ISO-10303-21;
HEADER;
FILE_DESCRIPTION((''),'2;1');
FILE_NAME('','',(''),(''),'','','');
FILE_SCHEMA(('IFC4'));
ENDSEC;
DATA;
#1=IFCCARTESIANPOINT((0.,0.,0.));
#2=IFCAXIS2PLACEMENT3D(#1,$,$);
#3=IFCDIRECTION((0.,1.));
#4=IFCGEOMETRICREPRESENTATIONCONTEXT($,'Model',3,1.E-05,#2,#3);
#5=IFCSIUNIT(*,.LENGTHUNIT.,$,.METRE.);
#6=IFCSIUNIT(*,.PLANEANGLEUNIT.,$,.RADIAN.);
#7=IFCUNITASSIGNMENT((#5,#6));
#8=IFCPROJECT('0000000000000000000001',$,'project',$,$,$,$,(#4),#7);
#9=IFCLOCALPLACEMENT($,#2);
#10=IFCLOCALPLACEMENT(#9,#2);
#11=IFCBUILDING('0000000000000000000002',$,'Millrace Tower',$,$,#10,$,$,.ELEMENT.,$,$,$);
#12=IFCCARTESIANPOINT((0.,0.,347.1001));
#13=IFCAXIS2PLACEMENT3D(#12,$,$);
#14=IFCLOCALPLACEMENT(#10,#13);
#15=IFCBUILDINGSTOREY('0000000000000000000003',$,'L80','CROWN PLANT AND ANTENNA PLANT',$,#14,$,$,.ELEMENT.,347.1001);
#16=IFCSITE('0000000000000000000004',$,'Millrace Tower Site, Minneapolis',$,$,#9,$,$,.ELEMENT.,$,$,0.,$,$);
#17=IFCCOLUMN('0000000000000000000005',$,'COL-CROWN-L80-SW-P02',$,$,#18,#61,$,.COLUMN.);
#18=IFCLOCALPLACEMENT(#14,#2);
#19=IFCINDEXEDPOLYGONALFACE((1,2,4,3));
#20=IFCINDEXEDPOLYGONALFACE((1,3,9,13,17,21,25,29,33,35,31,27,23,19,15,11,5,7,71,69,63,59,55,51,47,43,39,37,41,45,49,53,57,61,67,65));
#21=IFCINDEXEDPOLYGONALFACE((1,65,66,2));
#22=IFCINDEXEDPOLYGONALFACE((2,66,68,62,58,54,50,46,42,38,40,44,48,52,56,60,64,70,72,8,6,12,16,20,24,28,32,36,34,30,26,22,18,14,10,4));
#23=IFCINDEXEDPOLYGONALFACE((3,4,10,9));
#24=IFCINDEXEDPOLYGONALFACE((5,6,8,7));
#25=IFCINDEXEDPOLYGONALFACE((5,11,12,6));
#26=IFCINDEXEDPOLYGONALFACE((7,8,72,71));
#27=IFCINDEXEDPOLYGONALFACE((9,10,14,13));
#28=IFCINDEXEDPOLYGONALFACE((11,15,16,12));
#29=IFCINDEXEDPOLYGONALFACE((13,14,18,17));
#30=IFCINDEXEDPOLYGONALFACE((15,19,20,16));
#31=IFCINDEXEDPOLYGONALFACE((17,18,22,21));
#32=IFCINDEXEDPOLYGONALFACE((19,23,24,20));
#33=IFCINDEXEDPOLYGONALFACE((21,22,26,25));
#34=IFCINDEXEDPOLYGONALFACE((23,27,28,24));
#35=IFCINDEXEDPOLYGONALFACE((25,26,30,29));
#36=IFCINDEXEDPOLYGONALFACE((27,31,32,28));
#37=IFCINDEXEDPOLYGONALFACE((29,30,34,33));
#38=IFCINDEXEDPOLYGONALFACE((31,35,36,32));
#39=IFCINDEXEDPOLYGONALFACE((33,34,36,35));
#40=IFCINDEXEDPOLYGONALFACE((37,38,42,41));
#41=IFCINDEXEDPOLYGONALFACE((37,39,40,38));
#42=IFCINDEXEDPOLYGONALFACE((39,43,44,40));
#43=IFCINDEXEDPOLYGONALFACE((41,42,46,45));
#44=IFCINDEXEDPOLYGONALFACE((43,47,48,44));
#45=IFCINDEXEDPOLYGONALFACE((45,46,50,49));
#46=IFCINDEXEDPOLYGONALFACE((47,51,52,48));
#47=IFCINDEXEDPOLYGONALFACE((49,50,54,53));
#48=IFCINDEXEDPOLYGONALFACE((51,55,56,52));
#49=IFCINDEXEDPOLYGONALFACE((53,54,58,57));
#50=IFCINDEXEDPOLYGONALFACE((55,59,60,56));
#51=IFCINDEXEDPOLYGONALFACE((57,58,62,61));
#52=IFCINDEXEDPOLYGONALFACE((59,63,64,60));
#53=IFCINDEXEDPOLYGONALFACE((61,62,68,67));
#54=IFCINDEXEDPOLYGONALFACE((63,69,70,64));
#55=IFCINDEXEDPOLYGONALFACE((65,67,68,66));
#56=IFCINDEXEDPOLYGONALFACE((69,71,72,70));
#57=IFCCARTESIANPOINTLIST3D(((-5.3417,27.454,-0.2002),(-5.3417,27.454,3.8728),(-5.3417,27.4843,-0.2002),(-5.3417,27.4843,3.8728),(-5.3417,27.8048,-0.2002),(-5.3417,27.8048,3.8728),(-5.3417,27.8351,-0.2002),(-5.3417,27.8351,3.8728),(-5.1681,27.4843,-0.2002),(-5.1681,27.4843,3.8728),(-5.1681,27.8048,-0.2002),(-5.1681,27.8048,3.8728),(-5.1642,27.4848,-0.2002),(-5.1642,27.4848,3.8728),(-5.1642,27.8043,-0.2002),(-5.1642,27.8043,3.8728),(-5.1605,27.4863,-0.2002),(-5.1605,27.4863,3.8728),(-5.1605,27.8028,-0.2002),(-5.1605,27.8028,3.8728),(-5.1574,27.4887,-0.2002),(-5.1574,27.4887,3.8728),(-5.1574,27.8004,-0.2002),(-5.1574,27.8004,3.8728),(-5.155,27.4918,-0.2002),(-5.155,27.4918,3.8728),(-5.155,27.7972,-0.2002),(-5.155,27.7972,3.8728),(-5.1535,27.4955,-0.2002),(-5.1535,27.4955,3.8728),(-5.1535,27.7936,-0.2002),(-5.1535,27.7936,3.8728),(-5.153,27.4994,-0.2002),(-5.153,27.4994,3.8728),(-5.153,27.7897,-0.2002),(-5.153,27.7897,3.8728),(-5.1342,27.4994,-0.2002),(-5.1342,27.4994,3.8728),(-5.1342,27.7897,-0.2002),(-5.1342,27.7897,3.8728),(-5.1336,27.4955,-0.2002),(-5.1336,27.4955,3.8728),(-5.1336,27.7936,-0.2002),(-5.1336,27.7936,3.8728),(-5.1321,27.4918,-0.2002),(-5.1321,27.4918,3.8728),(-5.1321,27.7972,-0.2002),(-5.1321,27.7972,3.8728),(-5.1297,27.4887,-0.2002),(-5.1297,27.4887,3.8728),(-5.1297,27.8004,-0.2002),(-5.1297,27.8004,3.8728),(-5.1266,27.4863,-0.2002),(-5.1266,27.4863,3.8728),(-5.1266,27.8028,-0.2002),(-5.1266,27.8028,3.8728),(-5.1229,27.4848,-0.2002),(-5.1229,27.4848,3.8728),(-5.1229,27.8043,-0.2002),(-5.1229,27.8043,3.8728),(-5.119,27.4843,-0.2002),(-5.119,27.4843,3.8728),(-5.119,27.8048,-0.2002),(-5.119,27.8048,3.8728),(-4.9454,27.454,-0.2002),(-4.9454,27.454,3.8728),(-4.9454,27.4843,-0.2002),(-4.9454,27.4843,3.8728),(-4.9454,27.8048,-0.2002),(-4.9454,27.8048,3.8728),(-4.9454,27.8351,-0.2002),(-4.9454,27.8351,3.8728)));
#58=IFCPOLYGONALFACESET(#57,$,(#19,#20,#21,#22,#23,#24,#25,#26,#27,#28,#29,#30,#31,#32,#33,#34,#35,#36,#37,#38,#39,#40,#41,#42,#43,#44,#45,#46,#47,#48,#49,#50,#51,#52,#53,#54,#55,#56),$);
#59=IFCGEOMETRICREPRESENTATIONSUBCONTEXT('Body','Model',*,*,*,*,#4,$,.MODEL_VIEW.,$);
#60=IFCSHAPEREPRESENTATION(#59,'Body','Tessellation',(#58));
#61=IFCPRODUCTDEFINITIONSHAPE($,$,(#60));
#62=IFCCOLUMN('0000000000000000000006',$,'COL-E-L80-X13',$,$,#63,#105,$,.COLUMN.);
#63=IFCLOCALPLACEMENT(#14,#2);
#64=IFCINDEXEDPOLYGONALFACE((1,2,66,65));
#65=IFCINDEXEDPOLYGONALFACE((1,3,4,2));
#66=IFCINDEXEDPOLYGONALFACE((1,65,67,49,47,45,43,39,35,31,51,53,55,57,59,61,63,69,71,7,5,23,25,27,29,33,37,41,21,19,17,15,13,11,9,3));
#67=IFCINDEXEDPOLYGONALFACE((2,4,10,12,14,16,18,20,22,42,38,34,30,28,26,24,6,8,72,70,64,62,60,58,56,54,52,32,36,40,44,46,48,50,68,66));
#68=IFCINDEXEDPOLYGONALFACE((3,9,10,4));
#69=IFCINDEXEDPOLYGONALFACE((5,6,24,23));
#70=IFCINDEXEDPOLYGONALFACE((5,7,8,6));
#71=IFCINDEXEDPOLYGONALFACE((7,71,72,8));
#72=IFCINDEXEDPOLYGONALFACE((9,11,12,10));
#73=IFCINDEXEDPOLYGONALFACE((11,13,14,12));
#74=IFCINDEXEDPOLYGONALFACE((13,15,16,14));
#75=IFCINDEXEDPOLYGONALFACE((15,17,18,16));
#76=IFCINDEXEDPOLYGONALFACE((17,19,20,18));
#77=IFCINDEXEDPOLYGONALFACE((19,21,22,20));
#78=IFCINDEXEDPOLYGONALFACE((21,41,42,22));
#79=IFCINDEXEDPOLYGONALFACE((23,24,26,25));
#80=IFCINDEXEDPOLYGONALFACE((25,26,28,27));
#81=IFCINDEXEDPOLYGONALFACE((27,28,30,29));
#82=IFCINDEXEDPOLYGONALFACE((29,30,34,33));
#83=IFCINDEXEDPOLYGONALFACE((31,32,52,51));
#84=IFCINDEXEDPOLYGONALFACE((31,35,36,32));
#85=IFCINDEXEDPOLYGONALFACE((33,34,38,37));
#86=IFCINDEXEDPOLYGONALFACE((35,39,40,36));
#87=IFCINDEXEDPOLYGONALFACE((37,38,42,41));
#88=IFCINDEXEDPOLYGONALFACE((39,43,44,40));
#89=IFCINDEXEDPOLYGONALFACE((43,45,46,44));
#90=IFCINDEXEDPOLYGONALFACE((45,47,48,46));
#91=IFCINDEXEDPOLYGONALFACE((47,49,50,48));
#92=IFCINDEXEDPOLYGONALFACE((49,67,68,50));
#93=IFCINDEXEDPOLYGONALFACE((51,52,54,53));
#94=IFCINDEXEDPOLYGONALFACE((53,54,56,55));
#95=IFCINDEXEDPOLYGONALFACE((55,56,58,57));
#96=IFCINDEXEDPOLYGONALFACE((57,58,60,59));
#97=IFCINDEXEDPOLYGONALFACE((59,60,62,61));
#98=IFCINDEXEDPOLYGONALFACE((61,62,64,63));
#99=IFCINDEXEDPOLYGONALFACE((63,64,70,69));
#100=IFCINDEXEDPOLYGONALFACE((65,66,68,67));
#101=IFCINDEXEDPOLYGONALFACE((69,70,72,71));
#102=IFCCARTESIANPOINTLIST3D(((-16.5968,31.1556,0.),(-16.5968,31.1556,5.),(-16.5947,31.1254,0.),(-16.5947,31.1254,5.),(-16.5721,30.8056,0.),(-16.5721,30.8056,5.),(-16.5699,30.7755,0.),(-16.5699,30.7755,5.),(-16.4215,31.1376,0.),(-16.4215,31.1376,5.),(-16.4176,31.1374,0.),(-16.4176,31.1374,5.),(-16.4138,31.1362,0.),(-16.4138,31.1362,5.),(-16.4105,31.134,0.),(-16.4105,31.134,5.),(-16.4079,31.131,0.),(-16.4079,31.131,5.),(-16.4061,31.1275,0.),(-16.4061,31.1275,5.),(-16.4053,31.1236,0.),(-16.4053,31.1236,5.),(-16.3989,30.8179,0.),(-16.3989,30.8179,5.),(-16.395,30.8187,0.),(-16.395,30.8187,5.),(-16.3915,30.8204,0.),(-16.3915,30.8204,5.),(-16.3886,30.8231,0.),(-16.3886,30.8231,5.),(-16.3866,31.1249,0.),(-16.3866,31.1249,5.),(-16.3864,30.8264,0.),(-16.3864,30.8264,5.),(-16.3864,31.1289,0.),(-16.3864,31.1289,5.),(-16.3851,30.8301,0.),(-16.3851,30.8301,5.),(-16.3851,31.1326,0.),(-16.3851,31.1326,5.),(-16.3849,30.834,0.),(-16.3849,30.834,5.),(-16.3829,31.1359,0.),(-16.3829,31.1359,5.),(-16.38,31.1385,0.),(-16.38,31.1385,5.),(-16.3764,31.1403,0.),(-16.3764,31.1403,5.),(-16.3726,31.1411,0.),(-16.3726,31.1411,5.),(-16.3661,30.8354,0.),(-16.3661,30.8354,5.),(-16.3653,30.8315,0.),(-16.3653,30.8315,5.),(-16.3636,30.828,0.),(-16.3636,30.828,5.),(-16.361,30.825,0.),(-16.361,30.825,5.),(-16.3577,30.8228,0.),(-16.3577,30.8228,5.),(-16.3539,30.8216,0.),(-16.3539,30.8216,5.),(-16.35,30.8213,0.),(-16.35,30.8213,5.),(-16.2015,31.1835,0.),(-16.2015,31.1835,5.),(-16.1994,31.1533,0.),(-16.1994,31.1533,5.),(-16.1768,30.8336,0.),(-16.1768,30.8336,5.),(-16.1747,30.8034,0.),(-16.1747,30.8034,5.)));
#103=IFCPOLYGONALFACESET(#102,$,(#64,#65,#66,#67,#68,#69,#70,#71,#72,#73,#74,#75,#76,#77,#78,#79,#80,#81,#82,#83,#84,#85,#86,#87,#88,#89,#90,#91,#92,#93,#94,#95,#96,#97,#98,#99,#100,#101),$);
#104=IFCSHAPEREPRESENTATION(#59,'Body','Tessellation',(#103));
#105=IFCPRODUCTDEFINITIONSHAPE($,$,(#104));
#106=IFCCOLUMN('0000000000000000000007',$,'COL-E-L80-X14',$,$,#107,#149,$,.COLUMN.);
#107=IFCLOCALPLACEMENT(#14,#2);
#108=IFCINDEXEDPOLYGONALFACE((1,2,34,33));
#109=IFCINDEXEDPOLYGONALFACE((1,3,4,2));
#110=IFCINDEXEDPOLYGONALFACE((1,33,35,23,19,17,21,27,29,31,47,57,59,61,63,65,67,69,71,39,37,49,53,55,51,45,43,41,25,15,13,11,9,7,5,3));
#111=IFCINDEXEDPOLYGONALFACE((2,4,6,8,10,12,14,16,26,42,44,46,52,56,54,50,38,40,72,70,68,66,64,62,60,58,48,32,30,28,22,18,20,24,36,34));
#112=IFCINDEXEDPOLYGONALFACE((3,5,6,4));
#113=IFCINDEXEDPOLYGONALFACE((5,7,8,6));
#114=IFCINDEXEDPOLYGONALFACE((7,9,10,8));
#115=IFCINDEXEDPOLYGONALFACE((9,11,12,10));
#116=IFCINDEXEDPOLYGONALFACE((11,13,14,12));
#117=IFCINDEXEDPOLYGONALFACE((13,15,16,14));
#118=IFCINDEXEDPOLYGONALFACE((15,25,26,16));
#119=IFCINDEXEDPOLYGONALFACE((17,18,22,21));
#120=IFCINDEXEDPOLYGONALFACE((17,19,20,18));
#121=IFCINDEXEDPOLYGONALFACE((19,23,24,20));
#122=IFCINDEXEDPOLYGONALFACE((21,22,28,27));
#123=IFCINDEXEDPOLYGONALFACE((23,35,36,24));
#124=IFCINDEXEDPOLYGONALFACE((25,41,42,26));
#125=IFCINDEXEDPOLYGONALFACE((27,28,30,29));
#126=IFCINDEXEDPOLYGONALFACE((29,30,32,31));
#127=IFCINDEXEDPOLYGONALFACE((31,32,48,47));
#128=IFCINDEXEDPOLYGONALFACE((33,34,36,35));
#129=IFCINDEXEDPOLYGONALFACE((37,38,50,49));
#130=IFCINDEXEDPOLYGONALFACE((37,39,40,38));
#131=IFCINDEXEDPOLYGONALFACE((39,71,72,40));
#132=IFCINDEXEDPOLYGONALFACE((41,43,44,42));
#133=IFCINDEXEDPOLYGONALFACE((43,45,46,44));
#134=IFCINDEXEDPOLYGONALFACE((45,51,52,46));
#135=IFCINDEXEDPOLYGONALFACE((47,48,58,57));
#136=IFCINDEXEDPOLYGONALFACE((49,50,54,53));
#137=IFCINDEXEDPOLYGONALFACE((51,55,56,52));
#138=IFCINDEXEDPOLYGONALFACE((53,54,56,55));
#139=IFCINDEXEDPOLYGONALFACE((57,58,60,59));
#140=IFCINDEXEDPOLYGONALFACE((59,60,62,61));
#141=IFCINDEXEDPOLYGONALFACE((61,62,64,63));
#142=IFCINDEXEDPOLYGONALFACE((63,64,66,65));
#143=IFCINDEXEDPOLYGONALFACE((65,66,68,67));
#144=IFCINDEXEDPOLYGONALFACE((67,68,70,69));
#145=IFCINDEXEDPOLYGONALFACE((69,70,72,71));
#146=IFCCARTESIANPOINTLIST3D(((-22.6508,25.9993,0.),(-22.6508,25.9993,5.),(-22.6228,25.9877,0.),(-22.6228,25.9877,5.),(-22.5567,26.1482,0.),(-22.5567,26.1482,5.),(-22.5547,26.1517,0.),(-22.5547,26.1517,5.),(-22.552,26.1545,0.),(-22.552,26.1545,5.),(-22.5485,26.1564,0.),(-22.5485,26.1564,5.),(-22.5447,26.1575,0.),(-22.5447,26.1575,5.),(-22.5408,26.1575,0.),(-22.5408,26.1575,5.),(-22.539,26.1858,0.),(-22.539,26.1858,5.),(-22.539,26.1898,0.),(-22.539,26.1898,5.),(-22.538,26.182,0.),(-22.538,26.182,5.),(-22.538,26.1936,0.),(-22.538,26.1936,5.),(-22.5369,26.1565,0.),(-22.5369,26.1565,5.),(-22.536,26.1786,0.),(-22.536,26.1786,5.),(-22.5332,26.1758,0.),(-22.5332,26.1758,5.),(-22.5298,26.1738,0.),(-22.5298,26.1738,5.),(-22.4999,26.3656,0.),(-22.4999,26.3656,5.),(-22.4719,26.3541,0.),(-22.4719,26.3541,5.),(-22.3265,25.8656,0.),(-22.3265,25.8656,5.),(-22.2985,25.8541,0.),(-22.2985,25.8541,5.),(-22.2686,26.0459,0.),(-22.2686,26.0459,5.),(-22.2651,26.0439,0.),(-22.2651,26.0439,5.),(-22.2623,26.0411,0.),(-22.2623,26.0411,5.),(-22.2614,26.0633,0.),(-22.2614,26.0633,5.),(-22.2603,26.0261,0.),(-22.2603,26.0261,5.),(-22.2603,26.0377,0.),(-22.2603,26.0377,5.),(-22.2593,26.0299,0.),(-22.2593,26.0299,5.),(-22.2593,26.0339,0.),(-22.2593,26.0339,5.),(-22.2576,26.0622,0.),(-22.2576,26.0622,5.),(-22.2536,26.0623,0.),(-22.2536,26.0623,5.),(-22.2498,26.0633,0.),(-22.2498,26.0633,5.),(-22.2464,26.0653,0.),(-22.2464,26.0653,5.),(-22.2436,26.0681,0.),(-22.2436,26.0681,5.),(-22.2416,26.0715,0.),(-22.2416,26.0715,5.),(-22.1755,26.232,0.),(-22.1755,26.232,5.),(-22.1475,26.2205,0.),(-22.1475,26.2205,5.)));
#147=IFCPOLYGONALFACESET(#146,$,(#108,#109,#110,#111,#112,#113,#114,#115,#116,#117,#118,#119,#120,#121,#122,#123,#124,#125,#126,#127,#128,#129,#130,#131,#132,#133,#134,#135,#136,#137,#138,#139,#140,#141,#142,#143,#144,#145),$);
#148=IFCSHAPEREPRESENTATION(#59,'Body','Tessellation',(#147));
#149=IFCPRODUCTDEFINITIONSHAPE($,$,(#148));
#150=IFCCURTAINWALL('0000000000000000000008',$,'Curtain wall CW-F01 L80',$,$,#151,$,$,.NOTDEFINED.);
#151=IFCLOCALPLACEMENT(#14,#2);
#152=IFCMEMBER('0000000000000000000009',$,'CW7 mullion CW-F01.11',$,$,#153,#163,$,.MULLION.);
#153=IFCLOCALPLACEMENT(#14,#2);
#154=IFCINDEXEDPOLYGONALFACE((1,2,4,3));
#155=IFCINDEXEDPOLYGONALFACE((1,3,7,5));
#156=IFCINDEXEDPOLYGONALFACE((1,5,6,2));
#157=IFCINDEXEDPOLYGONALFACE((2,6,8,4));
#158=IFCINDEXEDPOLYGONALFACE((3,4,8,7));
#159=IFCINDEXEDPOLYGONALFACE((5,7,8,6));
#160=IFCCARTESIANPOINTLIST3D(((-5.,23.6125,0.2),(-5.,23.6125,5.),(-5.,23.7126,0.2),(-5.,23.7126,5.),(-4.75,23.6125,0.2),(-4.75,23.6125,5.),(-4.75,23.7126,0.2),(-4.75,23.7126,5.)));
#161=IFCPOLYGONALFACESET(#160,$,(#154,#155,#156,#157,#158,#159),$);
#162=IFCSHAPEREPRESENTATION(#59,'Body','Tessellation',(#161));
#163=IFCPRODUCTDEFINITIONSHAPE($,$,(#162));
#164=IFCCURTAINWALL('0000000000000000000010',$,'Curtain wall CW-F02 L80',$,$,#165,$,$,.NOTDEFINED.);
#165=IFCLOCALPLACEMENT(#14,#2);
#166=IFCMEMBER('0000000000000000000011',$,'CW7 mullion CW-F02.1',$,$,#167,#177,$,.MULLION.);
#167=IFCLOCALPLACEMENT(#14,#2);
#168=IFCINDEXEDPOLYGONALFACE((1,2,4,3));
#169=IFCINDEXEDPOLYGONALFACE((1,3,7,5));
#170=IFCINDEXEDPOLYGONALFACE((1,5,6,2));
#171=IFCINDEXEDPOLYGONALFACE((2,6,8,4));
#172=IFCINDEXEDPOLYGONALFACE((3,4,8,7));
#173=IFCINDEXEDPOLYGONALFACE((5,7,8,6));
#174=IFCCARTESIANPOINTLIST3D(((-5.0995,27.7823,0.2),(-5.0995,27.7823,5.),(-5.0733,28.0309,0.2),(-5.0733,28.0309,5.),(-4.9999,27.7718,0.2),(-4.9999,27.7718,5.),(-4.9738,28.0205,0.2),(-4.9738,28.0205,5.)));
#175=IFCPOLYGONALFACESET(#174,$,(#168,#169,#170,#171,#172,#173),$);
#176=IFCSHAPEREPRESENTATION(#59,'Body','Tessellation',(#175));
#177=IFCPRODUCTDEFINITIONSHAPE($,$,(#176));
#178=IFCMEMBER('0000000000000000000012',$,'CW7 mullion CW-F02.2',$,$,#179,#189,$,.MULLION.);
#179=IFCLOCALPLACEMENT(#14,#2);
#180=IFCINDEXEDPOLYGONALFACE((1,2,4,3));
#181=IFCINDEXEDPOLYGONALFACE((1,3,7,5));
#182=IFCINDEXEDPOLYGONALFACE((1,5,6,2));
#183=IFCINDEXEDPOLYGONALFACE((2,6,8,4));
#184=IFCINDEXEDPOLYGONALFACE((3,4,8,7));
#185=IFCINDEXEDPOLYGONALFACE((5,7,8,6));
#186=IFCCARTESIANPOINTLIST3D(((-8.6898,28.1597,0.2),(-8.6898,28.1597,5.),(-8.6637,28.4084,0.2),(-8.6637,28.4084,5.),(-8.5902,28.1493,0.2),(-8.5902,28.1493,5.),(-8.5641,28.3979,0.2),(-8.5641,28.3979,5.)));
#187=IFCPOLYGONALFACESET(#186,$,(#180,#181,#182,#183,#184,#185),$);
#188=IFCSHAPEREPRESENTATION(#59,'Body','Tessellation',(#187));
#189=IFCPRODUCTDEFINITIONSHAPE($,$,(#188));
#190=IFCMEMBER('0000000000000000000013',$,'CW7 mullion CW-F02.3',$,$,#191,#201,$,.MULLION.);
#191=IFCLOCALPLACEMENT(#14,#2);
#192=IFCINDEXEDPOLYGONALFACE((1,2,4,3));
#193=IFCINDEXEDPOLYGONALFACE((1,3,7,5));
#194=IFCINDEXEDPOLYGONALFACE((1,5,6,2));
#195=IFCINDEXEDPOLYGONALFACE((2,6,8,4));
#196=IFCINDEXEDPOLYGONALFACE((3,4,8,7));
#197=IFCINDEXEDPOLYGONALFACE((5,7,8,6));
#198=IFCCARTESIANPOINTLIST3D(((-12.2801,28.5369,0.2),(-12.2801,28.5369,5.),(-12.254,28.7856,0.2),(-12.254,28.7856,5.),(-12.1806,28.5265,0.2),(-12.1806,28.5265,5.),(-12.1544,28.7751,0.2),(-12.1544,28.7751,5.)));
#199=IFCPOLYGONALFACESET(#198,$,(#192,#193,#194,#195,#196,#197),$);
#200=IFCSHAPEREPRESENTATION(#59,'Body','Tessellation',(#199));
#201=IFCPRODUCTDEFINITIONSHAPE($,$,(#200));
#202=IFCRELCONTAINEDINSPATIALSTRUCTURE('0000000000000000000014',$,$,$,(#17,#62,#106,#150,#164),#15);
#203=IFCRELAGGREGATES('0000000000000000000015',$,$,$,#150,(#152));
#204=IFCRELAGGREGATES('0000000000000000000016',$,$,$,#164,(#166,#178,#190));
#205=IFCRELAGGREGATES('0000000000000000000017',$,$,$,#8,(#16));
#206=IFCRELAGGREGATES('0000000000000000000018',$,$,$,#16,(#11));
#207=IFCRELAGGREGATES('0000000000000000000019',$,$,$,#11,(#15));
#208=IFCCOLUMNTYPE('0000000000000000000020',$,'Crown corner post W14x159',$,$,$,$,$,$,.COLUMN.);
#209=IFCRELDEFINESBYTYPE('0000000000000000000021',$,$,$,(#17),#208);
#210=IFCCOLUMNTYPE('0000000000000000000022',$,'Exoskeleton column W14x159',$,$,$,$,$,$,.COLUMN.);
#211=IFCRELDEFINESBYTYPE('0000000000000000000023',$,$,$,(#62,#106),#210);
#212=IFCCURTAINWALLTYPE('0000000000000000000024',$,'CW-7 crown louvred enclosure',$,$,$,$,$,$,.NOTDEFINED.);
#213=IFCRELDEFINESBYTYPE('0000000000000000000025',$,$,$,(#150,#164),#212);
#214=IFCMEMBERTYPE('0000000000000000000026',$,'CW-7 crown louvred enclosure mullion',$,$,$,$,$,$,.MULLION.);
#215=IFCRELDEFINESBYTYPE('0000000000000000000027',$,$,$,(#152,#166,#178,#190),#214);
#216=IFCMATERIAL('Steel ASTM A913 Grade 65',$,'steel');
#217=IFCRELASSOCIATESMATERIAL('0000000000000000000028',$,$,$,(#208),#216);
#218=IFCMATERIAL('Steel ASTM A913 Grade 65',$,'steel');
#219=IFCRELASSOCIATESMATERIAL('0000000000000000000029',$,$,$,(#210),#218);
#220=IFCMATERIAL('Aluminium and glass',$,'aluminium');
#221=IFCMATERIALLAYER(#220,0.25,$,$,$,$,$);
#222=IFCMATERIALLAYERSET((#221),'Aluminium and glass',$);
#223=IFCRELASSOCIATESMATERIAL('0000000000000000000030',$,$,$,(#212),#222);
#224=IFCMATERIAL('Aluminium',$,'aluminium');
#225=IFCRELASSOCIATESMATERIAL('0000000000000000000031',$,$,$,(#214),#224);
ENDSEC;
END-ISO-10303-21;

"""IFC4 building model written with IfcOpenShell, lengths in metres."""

from ifc_helpers import new_model, si_unit, direction, frame, origin, origin_2d, place, context, subcontext, project, spatial, rectangle, i_section, extrude, material, layer, layer_set, material_profile, profile_set, type_object, element, aggregate, save


model = new_model("IFC4")

# Units and contexts
model_context = context("Model", 3, precision=1e-05, world=origin(), true_north=direction((0.0, 1.0)))
body_context = subcontext(model_context, "Body", "Model", "MODEL_VIEW")
ifc_project = project(units=[si_unit("LENGTHUNIT", "METRE"), si_unit("PLANEANGLEUNIT", "RADIAN")], contexts=[model_context])

# Site, building, storey
site_placement = place(None, origin())
site = spatial("IfcSite", under=ifc_project, at=site_placement, Name="Millrace Tower Site, Minneapolis", CompositionType="ELEMENT", RefElevation=0.0)
building_placement = place(site_placement, origin())
building = spatial("IfcBuilding", under=site, at=building_placement, Name="Millrace Tower", CompositionType="ELEMENT")
storey_placement = place(building_placement, frame((0.0, 0.0, 347.1001)))
storey = spatial("IfcBuildingStorey", under=building, at=storey_placement, Name="L80", Description="CROWN PLANT AND ANTENNA PLANT", CompositionType="ELEMENT", Elevation=347.1001)

# Columns
ifc_material_1 = material(Name="Steel ASTM A913 Grade 65", Category="steel")
ifc_material_profile_1 = material_profile(ifc_material_1, i_section(OverallWidth=0.3962, OverallDepth=0.3811, WebThickness=0.0188, FlangeThickness=0.0303, FilletRadius=0.0151, at=origin_2d()))
ifc_profile_set_1 = profile_set([ifc_material_profile_1], Name="Steel ASTM A913 Grade 65")
column_type_1 = type_object("IfcColumnType", Name="Crown corner post W14x159", PredefinedType="COLUMN", material=ifc_profile_set_1)
column_placement = place(storey_placement, frame((-5.1436, 27.6445, -0.2002), z_axis=(0.0, 0.0, 1.0), x_axis=(1.0, 0.0, 0.0)))
element("IfcColumn", 1, at=column_placement, inside=storey, type_object=column_type_1, Name="COL-CROWN-L80-SW-P02", PredefinedType="COLUMN", context=body_context, shape_type="SweptSolid", body=[
    extrude(i_section(OverallWidth=0.3962, OverallDepth=0.3811, WebThickness=0.0188, FlangeThickness=0.0303, FilletRadius=0.0151, at=origin_2d()), origin(), (0.0, 0.0, 1.0), 4.073),
])
ifc_material_2 = material(Name="Steel ASTM A913 Grade 65", Category="steel")
ifc_material_profile_2 = material_profile(ifc_material_2, i_section(OverallWidth=0.3962, OverallDepth=0.3811, WebThickness=0.0188, FlangeThickness=0.0303, FilletRadius=0.0151, at=origin_2d()))
ifc_profile_set_2 = profile_set([ifc_material_profile_2], Name="Steel ASTM A913 Grade 65")
column_type_2 = type_object("IfcColumnType", Name="Exoskeleton column W14x159", PredefinedType="COLUMN", material=ifc_profile_set_2)
for number, where, z_axis, x_axis, name in (
    (2, (-16.3857, 30.9795, 0.0), (0.0, 0.0, 1.0), (-0.997513, -0.070479, 0.0), "COL-E-L80-X13"),
    (3, (-22.3992, 26.1099, 0.0), (0.0, 0.0, 1.0), (-0.380947, -0.924597, 0.0), "COL-E-L80-X14"),
):
    element("IfcColumn", number, at=place(storey_placement, frame(where, z_axis=z_axis, x_axis=x_axis)), inside=storey, type_object=column_type_2, Name=name, PredefinedType="COLUMN", context=body_context, shape_type="SweptSolid", body=[
        extrude(i_section(OverallWidth=0.3962, OverallDepth=0.3811, WebThickness=0.0188, FlangeThickness=0.0303, FilletRadius=0.0151, at=origin_2d()), origin(), (0.0, 0.0, 1.0), 5.0),
    ])

# Curtain wall, member
ifc_material_3 = material(Name="Aluminium and glass", Category="aluminium")
ifc_layer = layer(ifc_material_3, 0.25)
ifc_layer_set = layer_set([ifc_layer], Name="Aluminium and glass")
curtain_wall_type = type_object("IfcCurtainWallType", Name="CW-7 crown louvred enclosure", PredefinedType="NOTDEFINED", material=ifc_layer_set)
placement = place(storey_placement, origin())
curtain_wall_1 = element("IfcCurtainWall", 4, at=placement, inside=storey, type_object=curtain_wall_type, Name="Curtain wall CW-F01 L80", PredefinedType="NOTDEFINED")
ifc_material_4 = material(Name="Aluminium", Category="aluminium")
ifc_material_profile_3 = material_profile(ifc_material_4, rectangle(XDim=0.1001, YDim=0.25, at=origin_2d()))
ifc_profile_set_3 = profile_set([ifc_material_profile_3], Name="Aluminium")
member_type_1 = type_object("IfcMemberType", Name="CW-7 crown louvred enclosure mullion", PredefinedType="MULLION", material=ifc_profile_set_3)
member_1_placement = place(storey_placement, frame((-4.875, 23.6626, 0.2), z_axis=(0.0, 0.0, 1.0), x_axis=(0.0, 1.0, 0.0)))
member_1 = element("IfcMember", 5, at=member_1_placement, type_object=member_type_1, Name="CW7 mullion CW-F01.11", PredefinedType="MULLION", context=body_context, shape_type="SweptSolid", body=[
    extrude(rectangle(XDim=0.1001, YDim=0.25, at=origin_2d()), origin(), (0.0, 0.0, 1.0), 4.8),
])
aggregate(curtain_wall_1, [member_1])

# Curtain wall, members
curtain_wall_2 = element("IfcCurtainWall", 6, at=placement, inside=storey, type_object=curtain_wall_type, Name="Curtain wall CW-F02 L80", PredefinedType="NOTDEFINED")
member_2_placement = place(storey_placement, frame((-5.0366, 27.9014, 0.2), z_axis=(0.0, 0.0, 1.0), x_axis=(-0.994522, 0.104528, 0.0)))
member_2 = element("IfcMember", 7, at=member_2_placement, type_object=member_type_1, Name="CW7 mullion CW-F02.1", PredefinedType="MULLION", context=body_context, shape_type="SweptSolid", body=[
    extrude(rectangle(XDim=0.1001, YDim=0.25, at=origin_2d()), origin(), (0.0, 0.0, 1.0), 4.8),
])
member_3_placement = place(storey_placement, frame((-8.627, 28.2788, 0.2), z_axis=(0.0, 0.0, 1.0), x_axis=(-0.994522, 0.104528, 0.0)))
member_3 = element("IfcMember", 8, at=member_3_placement, type_object=member_type_1, Name="CW7 mullion CW-F02.2", PredefinedType="MULLION", context=body_context, shape_type="SweptSolid", body=[
    extrude(rectangle(XDim=0.1001, YDim=0.25, at=origin_2d()), origin(), (0.0, 0.0, 1.0), 4.8),
])
member_4_placement = place(storey_placement, frame((-12.2173, 28.656, 0.2), z_axis=(0.0, 0.0, 1.0), x_axis=(-0.994522, 0.104528, 0.0)))
member_4 = element("IfcMember", 9, at=member_4_placement, type_object=member_type_1, Name="CW7 mullion CW-F02.3", PredefinedType="MULLION", context=body_context, shape_type="SweptSolid", body=[
    extrude(rectangle(XDim=0.1001, YDim=0.25, at=origin_2d()), origin(), (0.0, 0.0, 1.0), 4.8),
])

aggregate(curtain_wall_2, [member_2, member_3, member_4])

save(model, "model.ifc")
